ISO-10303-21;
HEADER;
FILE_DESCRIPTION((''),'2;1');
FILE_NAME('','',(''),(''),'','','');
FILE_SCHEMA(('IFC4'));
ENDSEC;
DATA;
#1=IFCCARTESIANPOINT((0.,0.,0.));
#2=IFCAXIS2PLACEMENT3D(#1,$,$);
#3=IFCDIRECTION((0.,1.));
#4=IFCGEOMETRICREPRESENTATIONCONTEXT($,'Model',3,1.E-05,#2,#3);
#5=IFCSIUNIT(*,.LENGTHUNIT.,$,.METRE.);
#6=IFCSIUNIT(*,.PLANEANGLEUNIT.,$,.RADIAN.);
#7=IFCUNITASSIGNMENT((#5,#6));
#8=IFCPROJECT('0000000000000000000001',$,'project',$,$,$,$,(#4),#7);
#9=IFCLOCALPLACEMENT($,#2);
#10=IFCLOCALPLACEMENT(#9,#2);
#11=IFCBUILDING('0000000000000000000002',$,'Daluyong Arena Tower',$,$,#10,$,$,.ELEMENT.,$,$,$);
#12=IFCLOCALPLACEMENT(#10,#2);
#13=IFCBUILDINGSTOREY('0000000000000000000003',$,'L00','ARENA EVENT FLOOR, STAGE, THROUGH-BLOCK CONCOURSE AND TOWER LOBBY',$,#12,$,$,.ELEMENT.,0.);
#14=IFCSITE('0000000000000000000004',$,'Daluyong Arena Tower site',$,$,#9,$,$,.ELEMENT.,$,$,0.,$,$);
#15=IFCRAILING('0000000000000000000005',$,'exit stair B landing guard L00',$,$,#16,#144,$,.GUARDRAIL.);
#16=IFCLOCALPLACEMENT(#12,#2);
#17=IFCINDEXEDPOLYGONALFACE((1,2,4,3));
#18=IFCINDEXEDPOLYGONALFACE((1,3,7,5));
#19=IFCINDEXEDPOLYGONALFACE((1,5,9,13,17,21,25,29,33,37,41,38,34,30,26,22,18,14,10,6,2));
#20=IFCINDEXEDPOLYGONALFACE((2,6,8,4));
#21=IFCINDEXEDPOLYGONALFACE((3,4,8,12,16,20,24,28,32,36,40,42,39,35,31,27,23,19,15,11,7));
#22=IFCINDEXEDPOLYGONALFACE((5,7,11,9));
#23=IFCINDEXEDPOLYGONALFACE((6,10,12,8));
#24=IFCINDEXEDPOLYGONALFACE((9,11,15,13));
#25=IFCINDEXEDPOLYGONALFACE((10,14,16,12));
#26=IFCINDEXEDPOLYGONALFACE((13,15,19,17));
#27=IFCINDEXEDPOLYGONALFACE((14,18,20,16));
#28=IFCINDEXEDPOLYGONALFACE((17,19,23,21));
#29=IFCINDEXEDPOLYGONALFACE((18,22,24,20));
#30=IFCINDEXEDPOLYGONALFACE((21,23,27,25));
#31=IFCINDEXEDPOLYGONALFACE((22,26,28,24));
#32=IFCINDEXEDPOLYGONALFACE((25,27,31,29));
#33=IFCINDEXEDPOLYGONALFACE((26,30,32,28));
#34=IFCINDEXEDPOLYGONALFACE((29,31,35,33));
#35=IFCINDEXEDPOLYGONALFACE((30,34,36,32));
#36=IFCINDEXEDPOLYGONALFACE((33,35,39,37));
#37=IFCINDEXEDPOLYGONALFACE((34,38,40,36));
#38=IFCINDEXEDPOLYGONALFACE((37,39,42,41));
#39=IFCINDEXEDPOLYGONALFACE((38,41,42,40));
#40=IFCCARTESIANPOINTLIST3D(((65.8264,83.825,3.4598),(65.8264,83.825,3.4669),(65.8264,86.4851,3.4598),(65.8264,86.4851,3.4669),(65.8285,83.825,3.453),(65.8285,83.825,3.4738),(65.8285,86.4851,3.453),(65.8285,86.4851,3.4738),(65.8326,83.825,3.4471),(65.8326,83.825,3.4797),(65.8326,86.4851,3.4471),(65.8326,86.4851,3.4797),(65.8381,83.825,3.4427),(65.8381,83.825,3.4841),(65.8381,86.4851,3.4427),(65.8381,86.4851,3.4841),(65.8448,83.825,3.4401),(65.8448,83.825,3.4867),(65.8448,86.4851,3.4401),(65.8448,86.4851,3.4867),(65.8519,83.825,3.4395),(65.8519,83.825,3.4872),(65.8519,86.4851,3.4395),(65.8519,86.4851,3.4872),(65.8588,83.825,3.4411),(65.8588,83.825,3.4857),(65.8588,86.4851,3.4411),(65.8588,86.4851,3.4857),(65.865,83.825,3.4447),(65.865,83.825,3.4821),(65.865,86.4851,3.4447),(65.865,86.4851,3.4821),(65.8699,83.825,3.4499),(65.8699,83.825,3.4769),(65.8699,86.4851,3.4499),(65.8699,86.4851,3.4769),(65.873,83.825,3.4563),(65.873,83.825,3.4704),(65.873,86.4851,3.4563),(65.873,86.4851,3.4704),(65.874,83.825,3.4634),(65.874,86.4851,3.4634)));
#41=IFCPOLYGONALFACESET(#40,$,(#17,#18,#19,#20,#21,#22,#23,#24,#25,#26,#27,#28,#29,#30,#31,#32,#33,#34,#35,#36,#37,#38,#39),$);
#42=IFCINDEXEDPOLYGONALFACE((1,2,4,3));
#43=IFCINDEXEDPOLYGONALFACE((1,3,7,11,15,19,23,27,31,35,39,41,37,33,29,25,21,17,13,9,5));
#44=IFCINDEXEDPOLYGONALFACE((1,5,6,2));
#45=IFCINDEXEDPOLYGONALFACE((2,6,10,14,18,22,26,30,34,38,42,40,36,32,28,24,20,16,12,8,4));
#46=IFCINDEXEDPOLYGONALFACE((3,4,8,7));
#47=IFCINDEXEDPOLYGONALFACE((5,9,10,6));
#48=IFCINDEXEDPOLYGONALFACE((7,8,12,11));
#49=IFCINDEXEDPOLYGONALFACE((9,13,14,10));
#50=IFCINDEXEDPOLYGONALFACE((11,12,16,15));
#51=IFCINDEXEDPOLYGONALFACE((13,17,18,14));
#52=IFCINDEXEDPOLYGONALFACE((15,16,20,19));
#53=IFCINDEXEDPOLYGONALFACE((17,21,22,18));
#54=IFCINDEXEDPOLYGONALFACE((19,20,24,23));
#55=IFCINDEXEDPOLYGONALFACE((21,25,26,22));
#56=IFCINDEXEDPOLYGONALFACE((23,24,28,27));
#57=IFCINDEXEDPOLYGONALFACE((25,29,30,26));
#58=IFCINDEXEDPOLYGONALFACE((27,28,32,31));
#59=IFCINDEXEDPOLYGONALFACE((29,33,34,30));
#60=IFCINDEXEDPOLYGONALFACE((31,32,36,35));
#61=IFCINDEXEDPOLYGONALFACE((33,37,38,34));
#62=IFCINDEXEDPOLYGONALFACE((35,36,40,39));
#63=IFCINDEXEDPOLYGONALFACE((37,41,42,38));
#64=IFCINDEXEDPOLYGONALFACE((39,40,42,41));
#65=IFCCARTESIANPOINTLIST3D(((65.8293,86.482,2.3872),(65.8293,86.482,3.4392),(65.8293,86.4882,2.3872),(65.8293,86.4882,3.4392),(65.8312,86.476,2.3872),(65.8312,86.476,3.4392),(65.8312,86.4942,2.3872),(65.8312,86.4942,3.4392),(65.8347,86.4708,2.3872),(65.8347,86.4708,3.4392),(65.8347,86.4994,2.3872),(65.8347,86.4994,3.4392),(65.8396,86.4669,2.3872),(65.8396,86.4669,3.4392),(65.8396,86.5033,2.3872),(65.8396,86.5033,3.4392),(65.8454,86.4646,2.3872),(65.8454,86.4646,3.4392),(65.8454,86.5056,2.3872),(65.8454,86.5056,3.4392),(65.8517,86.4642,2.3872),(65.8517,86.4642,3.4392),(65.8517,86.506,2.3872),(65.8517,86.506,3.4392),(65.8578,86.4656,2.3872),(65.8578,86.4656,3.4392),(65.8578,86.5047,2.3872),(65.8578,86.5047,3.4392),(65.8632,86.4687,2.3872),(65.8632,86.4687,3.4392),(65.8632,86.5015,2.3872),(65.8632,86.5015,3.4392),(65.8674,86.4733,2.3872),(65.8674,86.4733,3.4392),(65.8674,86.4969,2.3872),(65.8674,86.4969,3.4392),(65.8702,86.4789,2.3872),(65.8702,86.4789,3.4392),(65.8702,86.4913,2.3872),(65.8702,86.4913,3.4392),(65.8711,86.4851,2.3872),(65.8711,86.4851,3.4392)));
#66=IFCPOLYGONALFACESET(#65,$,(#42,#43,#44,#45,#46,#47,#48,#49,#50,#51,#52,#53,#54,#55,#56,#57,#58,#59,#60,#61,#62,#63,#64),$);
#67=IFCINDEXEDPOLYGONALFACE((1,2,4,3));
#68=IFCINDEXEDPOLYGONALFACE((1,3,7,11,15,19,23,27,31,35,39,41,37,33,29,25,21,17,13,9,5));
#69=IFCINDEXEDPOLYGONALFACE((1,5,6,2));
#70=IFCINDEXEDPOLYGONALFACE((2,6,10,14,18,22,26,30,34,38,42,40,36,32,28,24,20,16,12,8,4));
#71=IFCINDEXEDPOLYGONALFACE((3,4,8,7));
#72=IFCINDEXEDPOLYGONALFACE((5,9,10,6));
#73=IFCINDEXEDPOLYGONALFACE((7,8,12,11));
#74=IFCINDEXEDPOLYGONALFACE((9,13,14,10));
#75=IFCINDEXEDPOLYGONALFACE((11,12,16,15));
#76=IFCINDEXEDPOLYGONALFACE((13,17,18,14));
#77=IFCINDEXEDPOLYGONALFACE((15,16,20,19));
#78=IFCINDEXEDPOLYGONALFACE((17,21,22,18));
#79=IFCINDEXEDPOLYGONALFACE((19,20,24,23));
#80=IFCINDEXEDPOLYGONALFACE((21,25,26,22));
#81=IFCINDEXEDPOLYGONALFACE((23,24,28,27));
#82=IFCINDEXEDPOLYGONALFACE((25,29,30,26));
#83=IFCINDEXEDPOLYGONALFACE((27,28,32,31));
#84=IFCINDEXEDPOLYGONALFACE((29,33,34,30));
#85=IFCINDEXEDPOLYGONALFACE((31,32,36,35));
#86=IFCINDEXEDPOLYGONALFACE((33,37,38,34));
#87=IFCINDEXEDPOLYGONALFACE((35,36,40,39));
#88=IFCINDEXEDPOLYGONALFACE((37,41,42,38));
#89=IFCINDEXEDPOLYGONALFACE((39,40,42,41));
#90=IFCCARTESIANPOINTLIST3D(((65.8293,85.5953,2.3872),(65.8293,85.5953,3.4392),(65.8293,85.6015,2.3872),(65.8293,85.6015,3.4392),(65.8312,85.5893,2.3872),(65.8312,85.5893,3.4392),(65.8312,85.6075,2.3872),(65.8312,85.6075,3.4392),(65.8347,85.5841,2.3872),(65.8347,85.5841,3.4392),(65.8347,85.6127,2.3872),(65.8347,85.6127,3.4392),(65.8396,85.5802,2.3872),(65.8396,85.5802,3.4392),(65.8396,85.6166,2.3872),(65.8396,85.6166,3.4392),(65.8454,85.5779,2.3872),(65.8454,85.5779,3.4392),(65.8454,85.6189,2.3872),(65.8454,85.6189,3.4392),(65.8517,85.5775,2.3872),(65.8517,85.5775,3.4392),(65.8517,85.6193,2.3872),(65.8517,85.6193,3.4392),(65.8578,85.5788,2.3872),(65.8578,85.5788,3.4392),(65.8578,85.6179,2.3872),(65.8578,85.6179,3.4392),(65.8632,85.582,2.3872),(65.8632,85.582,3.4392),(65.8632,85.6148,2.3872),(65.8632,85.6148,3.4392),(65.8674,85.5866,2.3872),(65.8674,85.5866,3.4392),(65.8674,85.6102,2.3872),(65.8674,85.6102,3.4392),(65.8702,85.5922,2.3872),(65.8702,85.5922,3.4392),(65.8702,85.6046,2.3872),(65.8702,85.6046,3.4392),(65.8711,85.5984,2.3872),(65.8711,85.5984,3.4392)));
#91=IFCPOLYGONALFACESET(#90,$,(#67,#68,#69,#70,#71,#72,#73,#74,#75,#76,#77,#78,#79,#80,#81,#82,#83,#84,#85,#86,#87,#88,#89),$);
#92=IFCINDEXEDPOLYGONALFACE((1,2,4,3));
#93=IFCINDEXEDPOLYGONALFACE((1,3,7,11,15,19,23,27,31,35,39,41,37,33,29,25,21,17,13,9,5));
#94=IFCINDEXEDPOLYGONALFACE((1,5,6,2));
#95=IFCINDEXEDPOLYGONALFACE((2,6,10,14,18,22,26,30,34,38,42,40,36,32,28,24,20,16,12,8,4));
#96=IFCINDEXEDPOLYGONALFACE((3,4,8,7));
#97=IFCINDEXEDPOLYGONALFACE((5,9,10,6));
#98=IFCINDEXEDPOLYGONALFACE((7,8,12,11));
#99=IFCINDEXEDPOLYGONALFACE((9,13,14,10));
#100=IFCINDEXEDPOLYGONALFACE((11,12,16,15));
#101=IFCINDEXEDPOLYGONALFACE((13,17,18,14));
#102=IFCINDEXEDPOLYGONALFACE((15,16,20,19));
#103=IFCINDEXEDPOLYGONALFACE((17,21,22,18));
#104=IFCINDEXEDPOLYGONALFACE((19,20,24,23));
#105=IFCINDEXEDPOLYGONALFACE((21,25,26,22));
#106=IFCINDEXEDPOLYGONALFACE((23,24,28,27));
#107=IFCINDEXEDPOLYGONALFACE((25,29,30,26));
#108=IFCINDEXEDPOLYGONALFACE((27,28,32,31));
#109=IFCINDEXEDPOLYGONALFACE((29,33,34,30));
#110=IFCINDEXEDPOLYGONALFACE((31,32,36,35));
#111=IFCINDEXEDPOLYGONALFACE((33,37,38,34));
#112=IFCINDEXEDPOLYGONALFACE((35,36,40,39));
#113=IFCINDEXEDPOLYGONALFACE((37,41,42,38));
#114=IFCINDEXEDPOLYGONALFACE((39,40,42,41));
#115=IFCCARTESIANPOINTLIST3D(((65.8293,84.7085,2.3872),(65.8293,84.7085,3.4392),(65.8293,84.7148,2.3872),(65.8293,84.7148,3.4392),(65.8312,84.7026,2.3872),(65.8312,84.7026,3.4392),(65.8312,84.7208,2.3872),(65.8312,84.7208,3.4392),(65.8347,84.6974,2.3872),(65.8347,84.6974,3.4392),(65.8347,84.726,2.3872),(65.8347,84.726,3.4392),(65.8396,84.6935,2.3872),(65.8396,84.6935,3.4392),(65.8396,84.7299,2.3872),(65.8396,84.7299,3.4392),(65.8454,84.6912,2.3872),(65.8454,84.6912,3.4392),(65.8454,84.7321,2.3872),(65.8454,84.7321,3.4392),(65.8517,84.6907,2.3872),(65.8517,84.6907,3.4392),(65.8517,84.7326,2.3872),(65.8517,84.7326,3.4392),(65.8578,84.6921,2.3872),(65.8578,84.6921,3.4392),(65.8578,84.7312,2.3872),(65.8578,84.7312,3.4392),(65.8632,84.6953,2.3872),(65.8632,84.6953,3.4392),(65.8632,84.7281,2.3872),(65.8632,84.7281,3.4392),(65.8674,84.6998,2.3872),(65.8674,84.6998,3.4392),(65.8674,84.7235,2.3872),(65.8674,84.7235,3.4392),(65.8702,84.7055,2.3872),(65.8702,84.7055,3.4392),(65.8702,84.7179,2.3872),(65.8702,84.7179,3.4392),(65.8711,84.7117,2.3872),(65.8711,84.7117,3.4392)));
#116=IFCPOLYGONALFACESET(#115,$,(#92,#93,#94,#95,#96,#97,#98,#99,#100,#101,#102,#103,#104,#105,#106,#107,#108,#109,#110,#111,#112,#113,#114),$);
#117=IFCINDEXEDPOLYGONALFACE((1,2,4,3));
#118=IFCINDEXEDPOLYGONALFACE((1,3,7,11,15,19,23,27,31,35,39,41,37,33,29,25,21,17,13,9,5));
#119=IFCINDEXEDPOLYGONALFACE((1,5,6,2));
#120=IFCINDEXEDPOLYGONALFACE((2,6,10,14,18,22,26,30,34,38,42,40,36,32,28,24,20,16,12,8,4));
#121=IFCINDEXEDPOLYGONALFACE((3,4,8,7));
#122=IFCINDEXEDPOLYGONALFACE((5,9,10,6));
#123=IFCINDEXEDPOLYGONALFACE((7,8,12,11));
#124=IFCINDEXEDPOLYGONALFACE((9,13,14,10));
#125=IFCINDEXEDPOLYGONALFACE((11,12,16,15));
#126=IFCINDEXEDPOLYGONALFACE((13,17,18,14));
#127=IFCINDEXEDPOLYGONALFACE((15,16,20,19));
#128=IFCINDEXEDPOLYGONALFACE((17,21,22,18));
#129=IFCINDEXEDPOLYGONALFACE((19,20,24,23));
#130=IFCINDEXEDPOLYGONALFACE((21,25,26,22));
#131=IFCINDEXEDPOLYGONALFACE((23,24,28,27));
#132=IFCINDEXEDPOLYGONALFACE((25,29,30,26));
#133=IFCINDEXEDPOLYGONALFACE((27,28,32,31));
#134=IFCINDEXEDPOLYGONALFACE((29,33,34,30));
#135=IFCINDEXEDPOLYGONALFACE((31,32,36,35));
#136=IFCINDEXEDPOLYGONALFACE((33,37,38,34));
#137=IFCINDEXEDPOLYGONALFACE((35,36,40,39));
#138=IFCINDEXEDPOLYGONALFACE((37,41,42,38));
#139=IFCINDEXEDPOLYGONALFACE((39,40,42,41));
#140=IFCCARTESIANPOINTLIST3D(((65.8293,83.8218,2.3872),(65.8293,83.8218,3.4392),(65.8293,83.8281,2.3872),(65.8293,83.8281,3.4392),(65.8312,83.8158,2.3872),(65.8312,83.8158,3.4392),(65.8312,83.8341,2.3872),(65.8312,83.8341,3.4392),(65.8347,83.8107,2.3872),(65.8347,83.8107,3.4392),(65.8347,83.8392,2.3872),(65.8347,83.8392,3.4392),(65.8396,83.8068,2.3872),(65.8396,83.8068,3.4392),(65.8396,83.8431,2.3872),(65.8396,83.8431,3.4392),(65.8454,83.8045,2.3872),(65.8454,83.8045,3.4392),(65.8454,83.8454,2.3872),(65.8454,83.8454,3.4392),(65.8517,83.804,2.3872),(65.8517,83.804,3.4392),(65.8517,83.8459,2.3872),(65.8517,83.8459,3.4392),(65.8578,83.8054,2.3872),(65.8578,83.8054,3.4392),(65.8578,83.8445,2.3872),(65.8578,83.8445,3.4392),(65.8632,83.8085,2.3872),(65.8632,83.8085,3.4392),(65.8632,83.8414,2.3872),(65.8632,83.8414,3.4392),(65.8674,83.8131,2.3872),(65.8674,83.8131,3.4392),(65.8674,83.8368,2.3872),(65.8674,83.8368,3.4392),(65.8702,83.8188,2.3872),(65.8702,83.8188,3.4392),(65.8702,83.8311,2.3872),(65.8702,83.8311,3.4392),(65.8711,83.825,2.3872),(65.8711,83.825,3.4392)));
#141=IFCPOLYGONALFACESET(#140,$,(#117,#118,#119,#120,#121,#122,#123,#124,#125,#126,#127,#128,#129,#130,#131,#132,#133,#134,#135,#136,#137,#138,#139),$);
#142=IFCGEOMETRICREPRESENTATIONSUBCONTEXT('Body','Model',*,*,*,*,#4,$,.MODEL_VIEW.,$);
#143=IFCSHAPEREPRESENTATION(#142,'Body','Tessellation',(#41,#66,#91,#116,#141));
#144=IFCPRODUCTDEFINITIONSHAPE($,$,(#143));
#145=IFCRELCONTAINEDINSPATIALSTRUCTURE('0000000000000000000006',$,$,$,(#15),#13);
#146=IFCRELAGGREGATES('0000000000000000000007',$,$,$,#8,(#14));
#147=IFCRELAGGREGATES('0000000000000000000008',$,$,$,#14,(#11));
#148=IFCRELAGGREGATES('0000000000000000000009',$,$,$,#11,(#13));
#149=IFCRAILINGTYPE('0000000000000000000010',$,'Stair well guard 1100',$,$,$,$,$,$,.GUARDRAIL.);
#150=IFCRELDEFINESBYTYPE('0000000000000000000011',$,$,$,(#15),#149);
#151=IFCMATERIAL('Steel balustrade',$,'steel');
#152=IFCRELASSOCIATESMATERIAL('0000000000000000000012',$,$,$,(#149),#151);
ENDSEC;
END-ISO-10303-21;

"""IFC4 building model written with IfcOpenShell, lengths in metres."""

from ifc_helpers import new_model, si_unit, direction, frame, origin, origin_2d, place, context, subcontext, project, spatial, circle, extrude, material, type_object, element, save


model = new_model("IFC4")

# Units and contexts
model_context = context("Model", 3, precision=1e-05, world=origin(), true_north=direction((0.0, 1.0)))
body_context = subcontext(model_context, "Body", "Model", "MODEL_VIEW")
ifc_project = project(units=[si_unit("LENGTHUNIT", "METRE"), si_unit("PLANEANGLEUNIT", "RADIAN")], contexts=[model_context])

# Site, building, storey
site_placement = place(None, origin())
site = spatial("IfcSite", under=ifc_project, at=site_placement, Name="Daluyong Arena Tower site", CompositionType="ELEMENT", RefElevation=0.0)
building_placement = place(site_placement, origin())
building = spatial("IfcBuilding", under=site, at=building_placement, Name="Daluyong Arena Tower", CompositionType="ELEMENT")
storey_placement = place(building_placement, origin())
storey = spatial("IfcBuildingStorey", under=building, at=storey_placement, Name="L00", Description="ARENA EVENT FLOOR, STAGE, THROUGH-BLOCK CONCOURSE AND TOWER LOBBY", CompositionType="ELEMENT", Elevation=0.0)

# Railing
ifc_material_1 = material(Name="Steel balustrade", Category="steel")
railing_type_1 = type_object("IfcRailingType", Name="Stair well guard 1100", PredefinedType="GUARDRAIL", material=ifc_material_1)
railing_1_placement = place(storey_placement, frame((65.8501, 86.4851, 2.3872)))
element("IfcRailing", 1, at=railing_1_placement, inside=storey, type_object=railing_type_1, Name="exit stair B landing guard L00", PredefinedType="GUARDRAIL", context=body_context, shape_type="SweptSolid", body=[
    extrude(circle(Radius=0.0239, at=origin_2d()), frame((0.0, 0.0, 1.0762), z_axis=(0.0, -1.0, 0.0), x_axis=(1.0, 0.0, 0.0)), (0.0, 0.0, 1.0), 2.6602),
    extrude(circle(Radius=0.021, at=origin_2d()), origin(), (0.0, 0.0, 1.0), 1.052),
    extrude(circle(Radius=0.021, at=origin_2d()), frame((0.0, -0.8867, 0.0)), (0.0, 0.0, 1.0), 1.052),
    extrude(circle(Radius=0.021, at=origin_2d()), frame((0.0, -1.7734, 0.0)), (0.0, 0.0, 1.0), 1.052),
    extrude(circle(Radius=0.021, at=origin_2d()), frame((0.0, -2.6602, 0.0)), (0.0, 0.0, 1.0), 1.052),
])

save(model, "model.ifc")
